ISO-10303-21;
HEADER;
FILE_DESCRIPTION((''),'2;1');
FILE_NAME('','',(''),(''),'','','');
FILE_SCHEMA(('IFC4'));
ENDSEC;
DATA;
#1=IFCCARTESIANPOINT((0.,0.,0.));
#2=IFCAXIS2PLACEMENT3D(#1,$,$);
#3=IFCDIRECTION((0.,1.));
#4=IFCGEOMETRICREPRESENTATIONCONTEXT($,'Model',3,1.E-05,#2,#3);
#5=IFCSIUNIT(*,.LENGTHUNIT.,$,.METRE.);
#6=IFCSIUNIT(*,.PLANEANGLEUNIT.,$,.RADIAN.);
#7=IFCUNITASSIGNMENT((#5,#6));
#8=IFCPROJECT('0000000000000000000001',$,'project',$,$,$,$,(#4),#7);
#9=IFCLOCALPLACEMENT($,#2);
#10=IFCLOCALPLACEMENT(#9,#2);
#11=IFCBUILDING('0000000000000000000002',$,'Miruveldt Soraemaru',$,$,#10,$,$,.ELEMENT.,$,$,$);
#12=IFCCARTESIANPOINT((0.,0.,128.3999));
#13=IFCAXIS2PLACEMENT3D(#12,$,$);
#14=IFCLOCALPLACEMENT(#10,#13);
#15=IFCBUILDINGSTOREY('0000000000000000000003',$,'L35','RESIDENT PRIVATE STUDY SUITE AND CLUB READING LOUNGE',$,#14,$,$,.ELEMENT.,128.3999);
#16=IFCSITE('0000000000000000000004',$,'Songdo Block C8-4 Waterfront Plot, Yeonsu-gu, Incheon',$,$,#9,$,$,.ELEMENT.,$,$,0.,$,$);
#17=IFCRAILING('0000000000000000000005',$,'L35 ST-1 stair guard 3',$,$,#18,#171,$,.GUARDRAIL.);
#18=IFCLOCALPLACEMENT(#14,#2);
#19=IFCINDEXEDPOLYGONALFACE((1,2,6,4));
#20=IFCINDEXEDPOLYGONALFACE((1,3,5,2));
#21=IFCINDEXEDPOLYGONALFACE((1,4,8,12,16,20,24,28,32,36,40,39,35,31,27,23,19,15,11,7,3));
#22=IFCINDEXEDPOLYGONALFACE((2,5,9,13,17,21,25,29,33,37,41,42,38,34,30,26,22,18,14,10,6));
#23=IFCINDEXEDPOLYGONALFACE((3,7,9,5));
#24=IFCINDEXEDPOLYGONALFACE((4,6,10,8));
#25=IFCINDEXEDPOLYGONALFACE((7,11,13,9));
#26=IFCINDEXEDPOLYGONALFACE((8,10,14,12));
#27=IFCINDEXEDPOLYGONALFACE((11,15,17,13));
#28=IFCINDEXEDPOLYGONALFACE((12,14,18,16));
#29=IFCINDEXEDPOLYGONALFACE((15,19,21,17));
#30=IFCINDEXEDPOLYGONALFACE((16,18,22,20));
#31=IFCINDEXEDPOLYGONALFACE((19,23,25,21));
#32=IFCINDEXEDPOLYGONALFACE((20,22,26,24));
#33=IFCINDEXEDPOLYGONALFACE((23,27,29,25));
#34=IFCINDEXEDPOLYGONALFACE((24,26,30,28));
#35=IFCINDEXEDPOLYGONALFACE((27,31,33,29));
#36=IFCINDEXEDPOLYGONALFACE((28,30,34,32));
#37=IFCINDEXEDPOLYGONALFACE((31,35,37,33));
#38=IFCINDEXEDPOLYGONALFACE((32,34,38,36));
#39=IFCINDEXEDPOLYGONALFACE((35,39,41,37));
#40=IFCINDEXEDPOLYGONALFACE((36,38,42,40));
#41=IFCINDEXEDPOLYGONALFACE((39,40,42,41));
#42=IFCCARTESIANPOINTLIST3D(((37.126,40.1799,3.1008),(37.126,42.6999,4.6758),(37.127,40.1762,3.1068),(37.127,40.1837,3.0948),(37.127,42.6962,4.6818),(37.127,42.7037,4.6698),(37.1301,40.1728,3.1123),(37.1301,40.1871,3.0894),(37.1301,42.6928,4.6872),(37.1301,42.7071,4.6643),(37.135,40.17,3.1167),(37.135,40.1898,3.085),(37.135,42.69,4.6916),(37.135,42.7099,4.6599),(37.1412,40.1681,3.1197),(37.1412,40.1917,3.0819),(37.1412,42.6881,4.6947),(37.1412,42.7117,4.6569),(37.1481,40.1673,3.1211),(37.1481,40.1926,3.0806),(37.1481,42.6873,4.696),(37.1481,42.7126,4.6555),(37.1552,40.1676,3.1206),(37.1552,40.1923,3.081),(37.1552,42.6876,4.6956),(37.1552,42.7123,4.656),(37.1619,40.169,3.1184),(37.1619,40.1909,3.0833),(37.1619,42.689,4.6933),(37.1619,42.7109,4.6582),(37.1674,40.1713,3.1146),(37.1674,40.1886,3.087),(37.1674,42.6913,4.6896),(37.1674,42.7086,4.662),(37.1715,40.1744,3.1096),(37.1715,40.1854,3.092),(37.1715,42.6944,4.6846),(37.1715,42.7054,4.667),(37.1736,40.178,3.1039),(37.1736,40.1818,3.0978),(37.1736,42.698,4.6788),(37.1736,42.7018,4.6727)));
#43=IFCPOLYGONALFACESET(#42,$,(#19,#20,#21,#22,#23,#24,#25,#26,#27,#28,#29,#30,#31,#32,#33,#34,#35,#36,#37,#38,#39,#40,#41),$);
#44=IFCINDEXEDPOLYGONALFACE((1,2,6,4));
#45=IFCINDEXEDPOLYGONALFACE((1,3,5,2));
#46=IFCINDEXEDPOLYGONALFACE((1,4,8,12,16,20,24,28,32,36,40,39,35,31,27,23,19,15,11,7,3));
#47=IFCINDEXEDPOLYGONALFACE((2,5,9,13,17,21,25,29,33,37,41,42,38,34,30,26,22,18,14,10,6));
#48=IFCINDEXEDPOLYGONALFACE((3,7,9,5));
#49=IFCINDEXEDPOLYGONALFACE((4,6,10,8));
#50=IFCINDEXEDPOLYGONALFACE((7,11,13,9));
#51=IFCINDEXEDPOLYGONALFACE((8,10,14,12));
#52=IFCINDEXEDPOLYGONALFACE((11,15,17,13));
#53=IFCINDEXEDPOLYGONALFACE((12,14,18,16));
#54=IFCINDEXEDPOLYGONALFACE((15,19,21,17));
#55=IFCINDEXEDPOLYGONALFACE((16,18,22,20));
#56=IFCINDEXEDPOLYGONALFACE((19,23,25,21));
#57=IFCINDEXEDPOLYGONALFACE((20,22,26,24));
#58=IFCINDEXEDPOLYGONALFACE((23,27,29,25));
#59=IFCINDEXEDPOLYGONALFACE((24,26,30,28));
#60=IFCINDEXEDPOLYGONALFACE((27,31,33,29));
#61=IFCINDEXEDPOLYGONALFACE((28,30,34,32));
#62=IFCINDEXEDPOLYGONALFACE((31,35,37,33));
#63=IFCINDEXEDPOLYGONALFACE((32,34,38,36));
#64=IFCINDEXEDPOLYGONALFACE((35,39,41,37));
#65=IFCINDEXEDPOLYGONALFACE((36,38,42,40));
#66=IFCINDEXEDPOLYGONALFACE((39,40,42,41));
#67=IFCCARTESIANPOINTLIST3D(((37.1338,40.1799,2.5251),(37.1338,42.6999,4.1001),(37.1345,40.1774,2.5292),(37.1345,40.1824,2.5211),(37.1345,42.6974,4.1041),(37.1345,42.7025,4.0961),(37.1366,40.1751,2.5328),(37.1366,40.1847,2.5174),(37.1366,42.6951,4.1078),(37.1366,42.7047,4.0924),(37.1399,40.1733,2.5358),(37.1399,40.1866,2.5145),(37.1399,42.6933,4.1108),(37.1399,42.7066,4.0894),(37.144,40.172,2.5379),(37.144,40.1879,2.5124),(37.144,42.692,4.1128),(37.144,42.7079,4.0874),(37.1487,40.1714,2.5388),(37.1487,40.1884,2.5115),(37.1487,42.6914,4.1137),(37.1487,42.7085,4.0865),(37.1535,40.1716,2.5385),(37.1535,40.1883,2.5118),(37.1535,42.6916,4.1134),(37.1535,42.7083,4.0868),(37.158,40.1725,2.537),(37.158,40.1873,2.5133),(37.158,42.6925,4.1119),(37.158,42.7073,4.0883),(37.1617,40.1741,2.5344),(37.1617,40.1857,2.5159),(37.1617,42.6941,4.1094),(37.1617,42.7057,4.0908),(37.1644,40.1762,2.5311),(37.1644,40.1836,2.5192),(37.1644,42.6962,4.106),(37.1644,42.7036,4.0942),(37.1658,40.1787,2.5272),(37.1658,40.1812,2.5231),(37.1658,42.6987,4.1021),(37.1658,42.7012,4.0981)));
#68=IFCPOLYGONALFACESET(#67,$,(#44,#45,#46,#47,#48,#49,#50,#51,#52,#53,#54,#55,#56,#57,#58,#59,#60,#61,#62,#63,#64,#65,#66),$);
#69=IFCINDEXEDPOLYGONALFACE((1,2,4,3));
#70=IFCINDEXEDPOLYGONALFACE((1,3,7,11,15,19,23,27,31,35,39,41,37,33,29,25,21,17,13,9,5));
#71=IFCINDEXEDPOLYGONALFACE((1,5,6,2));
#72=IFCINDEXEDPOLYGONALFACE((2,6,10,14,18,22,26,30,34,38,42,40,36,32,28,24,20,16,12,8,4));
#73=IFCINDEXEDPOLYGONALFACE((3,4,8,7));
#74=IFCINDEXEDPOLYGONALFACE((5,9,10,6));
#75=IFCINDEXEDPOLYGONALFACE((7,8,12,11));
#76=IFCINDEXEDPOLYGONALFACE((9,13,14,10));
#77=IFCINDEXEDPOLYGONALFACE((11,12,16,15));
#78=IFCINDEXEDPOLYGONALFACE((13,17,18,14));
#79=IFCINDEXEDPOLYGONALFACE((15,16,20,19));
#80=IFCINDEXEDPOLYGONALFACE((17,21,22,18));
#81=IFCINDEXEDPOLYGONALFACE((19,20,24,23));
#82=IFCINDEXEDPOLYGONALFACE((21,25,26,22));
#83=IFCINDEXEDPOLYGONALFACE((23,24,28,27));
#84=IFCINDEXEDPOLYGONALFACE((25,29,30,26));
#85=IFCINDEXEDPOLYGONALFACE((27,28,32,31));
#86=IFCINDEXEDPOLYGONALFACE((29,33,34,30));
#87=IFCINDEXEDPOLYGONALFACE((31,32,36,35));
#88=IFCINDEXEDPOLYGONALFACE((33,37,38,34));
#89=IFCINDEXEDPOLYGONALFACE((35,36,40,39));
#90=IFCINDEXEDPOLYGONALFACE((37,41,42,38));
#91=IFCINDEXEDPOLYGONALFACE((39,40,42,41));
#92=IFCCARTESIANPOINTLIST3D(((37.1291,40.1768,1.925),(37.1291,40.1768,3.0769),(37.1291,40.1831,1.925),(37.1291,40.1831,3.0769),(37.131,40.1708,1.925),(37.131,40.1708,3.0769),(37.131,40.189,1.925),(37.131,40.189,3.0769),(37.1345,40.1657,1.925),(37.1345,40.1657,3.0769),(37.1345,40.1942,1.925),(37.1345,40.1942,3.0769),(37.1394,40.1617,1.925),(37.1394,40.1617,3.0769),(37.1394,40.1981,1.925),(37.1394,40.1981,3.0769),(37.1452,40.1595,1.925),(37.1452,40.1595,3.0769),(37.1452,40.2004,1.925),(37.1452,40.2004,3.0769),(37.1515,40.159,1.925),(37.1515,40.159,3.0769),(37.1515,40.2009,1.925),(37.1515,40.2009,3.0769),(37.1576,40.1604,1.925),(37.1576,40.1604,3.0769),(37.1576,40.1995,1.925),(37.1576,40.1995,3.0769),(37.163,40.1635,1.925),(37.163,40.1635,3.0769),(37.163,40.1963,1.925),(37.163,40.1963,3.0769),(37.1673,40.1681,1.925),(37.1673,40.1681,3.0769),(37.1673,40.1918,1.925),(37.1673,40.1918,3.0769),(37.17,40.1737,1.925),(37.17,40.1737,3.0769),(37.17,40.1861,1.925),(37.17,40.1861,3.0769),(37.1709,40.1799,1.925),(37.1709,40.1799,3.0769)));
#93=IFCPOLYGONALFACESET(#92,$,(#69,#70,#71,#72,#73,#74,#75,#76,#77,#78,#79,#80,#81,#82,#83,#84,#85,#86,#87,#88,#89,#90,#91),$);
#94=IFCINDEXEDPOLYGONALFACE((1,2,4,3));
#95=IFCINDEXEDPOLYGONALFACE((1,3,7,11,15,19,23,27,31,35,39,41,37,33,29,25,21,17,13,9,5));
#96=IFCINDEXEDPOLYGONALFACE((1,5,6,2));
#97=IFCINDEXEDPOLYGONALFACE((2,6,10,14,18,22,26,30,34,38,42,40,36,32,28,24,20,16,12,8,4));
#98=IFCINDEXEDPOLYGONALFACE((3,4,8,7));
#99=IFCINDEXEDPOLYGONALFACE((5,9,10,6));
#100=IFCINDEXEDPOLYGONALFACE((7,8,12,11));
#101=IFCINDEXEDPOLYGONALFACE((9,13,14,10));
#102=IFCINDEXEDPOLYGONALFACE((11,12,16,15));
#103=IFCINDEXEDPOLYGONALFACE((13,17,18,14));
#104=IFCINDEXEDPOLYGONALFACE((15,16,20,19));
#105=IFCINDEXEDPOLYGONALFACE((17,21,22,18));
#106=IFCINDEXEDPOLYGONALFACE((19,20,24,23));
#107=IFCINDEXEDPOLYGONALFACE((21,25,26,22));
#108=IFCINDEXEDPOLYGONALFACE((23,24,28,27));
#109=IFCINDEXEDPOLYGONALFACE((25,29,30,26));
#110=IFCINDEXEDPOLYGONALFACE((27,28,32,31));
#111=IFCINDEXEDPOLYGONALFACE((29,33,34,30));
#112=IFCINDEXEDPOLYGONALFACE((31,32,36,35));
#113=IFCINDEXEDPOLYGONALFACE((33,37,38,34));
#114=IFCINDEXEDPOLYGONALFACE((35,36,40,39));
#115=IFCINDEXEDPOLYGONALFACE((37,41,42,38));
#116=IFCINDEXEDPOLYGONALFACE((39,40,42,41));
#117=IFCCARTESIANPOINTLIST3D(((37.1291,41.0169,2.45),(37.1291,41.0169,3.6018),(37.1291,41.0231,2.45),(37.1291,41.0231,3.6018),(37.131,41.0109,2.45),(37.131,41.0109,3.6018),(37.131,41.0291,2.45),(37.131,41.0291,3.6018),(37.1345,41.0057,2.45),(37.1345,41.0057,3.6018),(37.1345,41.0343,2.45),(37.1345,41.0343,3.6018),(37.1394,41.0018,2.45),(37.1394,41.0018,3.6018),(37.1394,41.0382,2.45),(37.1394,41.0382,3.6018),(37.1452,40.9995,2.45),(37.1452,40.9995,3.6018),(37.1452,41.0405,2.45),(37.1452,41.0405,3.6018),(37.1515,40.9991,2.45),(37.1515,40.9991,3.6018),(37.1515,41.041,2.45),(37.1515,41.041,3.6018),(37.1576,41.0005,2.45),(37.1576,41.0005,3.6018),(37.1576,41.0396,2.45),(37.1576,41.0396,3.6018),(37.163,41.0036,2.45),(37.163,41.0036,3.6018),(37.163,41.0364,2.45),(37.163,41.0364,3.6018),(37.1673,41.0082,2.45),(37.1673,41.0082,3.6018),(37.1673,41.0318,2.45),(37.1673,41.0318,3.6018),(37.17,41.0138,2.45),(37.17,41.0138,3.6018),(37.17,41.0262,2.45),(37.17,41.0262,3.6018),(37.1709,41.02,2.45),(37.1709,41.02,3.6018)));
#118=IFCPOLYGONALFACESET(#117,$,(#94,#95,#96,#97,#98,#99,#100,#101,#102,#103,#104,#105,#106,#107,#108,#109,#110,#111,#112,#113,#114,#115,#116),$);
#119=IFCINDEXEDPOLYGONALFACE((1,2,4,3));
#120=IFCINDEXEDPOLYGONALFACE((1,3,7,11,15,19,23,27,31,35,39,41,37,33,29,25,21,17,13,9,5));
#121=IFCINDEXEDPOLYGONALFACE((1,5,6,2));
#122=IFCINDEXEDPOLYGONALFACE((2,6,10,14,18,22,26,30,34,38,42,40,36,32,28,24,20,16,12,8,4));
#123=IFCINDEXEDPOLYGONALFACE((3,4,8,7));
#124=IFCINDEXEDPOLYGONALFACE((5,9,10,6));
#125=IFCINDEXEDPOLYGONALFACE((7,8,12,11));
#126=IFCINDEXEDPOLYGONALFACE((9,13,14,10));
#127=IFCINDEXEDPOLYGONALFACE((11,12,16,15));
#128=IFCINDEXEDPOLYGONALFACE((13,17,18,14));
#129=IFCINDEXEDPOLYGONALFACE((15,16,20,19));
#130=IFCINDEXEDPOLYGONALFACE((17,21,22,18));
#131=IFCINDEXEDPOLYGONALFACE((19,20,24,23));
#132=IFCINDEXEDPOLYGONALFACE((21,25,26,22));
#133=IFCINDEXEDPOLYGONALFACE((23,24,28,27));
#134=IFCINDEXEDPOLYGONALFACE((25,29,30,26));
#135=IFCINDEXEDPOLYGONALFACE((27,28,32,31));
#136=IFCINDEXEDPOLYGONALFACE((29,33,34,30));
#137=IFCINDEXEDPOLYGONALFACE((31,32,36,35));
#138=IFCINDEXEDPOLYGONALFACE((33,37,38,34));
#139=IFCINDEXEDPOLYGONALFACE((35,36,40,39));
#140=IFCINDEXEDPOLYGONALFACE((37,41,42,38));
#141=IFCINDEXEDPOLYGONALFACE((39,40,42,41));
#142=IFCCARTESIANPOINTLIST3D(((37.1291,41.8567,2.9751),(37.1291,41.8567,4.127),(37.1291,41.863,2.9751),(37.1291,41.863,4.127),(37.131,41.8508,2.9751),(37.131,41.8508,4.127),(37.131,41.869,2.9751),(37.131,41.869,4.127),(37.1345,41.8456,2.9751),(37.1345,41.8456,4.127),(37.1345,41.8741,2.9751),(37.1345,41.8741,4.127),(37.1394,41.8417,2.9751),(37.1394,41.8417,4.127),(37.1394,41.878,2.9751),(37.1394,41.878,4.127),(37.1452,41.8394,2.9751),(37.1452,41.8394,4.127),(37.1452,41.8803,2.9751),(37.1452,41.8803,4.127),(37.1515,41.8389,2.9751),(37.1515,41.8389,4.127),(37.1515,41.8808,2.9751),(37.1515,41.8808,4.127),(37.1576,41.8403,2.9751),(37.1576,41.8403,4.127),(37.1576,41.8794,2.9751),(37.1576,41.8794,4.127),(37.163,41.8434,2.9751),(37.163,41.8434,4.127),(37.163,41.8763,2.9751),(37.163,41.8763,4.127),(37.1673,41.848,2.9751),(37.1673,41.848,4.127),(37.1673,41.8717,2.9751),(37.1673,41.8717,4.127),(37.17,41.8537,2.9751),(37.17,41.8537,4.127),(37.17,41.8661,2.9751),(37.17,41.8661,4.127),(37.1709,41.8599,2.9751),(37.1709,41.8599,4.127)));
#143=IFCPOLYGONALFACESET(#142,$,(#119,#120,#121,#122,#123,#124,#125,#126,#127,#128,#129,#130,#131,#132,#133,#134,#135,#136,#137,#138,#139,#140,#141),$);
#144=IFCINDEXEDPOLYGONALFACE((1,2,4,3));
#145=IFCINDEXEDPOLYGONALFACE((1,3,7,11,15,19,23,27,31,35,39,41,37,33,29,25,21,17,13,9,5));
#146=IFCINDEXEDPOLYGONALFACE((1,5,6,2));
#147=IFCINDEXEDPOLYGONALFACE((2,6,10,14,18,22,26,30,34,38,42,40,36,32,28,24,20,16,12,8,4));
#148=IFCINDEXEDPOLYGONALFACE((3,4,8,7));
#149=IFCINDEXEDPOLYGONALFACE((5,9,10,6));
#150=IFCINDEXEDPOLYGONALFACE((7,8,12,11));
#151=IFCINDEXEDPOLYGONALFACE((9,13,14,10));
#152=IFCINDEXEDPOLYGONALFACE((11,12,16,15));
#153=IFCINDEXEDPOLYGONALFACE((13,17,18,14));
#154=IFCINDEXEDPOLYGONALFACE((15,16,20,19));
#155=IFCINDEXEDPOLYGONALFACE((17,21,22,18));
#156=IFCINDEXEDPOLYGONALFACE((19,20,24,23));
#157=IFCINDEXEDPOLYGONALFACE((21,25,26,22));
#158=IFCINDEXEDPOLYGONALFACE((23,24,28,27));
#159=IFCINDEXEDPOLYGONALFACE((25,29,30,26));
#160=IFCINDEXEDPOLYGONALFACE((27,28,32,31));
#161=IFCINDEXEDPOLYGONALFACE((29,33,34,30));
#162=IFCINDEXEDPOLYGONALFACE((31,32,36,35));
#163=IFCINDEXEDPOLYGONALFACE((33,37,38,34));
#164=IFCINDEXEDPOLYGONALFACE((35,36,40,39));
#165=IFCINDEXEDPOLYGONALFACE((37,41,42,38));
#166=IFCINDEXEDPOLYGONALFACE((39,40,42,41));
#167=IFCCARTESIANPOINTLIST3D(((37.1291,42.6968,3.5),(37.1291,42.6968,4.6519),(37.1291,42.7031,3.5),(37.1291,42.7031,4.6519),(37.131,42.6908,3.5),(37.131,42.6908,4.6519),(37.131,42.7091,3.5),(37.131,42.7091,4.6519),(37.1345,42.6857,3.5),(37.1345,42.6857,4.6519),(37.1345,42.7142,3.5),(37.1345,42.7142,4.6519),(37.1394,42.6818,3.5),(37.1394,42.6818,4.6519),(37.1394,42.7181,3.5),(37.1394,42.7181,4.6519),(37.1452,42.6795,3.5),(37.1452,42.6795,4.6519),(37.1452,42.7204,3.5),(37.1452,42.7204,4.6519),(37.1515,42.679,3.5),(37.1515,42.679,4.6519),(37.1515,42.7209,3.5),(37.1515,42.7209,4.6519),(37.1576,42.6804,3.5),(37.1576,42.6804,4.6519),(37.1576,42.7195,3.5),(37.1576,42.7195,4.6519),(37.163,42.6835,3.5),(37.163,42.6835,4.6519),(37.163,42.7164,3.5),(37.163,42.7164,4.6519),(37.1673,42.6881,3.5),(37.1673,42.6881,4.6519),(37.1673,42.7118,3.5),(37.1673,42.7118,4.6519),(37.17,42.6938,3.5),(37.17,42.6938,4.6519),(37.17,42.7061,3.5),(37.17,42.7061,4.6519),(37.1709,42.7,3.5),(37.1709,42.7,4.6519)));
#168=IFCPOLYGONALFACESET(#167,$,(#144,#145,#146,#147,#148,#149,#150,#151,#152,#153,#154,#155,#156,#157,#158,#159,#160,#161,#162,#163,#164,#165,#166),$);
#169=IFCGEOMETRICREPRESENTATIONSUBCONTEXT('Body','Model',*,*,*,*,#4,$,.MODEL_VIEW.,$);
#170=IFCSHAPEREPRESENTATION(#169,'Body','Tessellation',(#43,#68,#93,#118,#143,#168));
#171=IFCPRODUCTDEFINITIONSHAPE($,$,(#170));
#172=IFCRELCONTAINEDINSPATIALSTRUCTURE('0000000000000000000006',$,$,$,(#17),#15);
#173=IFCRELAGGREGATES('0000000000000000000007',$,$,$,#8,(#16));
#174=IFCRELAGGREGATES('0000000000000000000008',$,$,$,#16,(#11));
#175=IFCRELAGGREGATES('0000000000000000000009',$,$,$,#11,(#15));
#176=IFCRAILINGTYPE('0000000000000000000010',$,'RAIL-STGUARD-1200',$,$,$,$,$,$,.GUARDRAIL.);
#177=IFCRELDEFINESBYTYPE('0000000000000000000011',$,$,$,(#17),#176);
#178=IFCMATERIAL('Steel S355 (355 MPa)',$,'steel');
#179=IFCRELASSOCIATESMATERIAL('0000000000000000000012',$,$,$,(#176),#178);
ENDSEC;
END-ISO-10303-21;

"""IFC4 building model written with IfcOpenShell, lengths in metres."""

from ifc_helpers import new_model, si_unit, direction, frame, origin, origin_2d, place, context, subcontext, project, spatial, circle, extrude, material, type_object, element, save


model = new_model("IFC4")

# Units and contexts
model_context = context("Model", 3, precision=1e-05, world=origin(), true_north=direction((0.0, 1.0)))
body_context = subcontext(model_context, "Body", "Model", "MODEL_VIEW")
ifc_project = project(units=[si_unit("LENGTHUNIT", "METRE"), si_unit("PLANEANGLEUNIT", "RADIAN")], contexts=[model_context])

# Site, building, storey
site_placement = place(None, origin())
site = spatial("IfcSite", under=ifc_project, at=site_placement, Name="Songdo Block C8-4 Waterfront Plot, Yeonsu-gu, Incheon", CompositionType="ELEMENT", RefElevation=0.0)
building_placement = place(site_placement, origin())
building = spatial("IfcBuilding", under=site, at=building_placement, Name="Miruveldt Soraemaru", CompositionType="ELEMENT")
storey_placement = place(building_placement, frame((0.0, 0.0, 128.3999)))
storey = spatial("IfcBuildingStorey", under=building, at=storey_placement, Name="L35", Description="RESIDENT PRIVATE STUDY SUITE AND CLUB READING LOUNGE", CompositionType="ELEMENT", Elevation=128.3999)

# Railing
ifc_material_1 = material(Name="Steel S355 (355 MPa)", Category="steel")
railing_type_1 = type_object("IfcRailingType", Name="RAIL-STGUARD-1200", PredefinedType="GUARDRAIL", material=ifc_material_1)
railing_1_placement = place(storey_placement, frame((37.1499, 40.1799, 1.925)))
element("IfcRailing", 1, at=railing_1_placement, inside=storey, type_object=railing_type_1, Name="L35 ST-1 stair guard 3", PredefinedType="GUARDRAIL", context=body_context, shape_type="SweptSolid", body=[
    extrude(circle(Radius=0.0239, at=origin_2d()), frame((0.0, 0.0, 1.1758), z_axis=(0.0, 0.848008, 0.529984), x_axis=(-1.0, 0.0, 0.0)), (0.0, 0.0, 1.0), 2.9717),
    extrude(circle(Radius=0.0161, at=origin_2d()), frame((0.0, 0.0, 0.6001), z_axis=(0.0, 0.848008, 0.529984), x_axis=(-1.0, 0.0, 0.0)), (0.0, 0.0, 1.0), 2.9717),
    extrude(circle(Radius=0.021, at=origin_2d()), origin(), (0.0, 0.0, 1.0), 1.1519),
    extrude(circle(Radius=0.021, at=origin_2d()), frame((0.0, 0.8401, 0.5249)), (0.0, 0.0, 1.0), 1.1519),
    extrude(circle(Radius=0.021, at=origin_2d()), frame((0.0, 1.6799, 1.05)), (0.0, 0.0, 1.0), 1.1519),
    extrude(circle(Radius=0.021, at=origin_2d()), frame((0.0, 2.52, 1.575)), (0.0, 0.0, 1.0), 1.1519),
])

save(model, "model.ifc")
